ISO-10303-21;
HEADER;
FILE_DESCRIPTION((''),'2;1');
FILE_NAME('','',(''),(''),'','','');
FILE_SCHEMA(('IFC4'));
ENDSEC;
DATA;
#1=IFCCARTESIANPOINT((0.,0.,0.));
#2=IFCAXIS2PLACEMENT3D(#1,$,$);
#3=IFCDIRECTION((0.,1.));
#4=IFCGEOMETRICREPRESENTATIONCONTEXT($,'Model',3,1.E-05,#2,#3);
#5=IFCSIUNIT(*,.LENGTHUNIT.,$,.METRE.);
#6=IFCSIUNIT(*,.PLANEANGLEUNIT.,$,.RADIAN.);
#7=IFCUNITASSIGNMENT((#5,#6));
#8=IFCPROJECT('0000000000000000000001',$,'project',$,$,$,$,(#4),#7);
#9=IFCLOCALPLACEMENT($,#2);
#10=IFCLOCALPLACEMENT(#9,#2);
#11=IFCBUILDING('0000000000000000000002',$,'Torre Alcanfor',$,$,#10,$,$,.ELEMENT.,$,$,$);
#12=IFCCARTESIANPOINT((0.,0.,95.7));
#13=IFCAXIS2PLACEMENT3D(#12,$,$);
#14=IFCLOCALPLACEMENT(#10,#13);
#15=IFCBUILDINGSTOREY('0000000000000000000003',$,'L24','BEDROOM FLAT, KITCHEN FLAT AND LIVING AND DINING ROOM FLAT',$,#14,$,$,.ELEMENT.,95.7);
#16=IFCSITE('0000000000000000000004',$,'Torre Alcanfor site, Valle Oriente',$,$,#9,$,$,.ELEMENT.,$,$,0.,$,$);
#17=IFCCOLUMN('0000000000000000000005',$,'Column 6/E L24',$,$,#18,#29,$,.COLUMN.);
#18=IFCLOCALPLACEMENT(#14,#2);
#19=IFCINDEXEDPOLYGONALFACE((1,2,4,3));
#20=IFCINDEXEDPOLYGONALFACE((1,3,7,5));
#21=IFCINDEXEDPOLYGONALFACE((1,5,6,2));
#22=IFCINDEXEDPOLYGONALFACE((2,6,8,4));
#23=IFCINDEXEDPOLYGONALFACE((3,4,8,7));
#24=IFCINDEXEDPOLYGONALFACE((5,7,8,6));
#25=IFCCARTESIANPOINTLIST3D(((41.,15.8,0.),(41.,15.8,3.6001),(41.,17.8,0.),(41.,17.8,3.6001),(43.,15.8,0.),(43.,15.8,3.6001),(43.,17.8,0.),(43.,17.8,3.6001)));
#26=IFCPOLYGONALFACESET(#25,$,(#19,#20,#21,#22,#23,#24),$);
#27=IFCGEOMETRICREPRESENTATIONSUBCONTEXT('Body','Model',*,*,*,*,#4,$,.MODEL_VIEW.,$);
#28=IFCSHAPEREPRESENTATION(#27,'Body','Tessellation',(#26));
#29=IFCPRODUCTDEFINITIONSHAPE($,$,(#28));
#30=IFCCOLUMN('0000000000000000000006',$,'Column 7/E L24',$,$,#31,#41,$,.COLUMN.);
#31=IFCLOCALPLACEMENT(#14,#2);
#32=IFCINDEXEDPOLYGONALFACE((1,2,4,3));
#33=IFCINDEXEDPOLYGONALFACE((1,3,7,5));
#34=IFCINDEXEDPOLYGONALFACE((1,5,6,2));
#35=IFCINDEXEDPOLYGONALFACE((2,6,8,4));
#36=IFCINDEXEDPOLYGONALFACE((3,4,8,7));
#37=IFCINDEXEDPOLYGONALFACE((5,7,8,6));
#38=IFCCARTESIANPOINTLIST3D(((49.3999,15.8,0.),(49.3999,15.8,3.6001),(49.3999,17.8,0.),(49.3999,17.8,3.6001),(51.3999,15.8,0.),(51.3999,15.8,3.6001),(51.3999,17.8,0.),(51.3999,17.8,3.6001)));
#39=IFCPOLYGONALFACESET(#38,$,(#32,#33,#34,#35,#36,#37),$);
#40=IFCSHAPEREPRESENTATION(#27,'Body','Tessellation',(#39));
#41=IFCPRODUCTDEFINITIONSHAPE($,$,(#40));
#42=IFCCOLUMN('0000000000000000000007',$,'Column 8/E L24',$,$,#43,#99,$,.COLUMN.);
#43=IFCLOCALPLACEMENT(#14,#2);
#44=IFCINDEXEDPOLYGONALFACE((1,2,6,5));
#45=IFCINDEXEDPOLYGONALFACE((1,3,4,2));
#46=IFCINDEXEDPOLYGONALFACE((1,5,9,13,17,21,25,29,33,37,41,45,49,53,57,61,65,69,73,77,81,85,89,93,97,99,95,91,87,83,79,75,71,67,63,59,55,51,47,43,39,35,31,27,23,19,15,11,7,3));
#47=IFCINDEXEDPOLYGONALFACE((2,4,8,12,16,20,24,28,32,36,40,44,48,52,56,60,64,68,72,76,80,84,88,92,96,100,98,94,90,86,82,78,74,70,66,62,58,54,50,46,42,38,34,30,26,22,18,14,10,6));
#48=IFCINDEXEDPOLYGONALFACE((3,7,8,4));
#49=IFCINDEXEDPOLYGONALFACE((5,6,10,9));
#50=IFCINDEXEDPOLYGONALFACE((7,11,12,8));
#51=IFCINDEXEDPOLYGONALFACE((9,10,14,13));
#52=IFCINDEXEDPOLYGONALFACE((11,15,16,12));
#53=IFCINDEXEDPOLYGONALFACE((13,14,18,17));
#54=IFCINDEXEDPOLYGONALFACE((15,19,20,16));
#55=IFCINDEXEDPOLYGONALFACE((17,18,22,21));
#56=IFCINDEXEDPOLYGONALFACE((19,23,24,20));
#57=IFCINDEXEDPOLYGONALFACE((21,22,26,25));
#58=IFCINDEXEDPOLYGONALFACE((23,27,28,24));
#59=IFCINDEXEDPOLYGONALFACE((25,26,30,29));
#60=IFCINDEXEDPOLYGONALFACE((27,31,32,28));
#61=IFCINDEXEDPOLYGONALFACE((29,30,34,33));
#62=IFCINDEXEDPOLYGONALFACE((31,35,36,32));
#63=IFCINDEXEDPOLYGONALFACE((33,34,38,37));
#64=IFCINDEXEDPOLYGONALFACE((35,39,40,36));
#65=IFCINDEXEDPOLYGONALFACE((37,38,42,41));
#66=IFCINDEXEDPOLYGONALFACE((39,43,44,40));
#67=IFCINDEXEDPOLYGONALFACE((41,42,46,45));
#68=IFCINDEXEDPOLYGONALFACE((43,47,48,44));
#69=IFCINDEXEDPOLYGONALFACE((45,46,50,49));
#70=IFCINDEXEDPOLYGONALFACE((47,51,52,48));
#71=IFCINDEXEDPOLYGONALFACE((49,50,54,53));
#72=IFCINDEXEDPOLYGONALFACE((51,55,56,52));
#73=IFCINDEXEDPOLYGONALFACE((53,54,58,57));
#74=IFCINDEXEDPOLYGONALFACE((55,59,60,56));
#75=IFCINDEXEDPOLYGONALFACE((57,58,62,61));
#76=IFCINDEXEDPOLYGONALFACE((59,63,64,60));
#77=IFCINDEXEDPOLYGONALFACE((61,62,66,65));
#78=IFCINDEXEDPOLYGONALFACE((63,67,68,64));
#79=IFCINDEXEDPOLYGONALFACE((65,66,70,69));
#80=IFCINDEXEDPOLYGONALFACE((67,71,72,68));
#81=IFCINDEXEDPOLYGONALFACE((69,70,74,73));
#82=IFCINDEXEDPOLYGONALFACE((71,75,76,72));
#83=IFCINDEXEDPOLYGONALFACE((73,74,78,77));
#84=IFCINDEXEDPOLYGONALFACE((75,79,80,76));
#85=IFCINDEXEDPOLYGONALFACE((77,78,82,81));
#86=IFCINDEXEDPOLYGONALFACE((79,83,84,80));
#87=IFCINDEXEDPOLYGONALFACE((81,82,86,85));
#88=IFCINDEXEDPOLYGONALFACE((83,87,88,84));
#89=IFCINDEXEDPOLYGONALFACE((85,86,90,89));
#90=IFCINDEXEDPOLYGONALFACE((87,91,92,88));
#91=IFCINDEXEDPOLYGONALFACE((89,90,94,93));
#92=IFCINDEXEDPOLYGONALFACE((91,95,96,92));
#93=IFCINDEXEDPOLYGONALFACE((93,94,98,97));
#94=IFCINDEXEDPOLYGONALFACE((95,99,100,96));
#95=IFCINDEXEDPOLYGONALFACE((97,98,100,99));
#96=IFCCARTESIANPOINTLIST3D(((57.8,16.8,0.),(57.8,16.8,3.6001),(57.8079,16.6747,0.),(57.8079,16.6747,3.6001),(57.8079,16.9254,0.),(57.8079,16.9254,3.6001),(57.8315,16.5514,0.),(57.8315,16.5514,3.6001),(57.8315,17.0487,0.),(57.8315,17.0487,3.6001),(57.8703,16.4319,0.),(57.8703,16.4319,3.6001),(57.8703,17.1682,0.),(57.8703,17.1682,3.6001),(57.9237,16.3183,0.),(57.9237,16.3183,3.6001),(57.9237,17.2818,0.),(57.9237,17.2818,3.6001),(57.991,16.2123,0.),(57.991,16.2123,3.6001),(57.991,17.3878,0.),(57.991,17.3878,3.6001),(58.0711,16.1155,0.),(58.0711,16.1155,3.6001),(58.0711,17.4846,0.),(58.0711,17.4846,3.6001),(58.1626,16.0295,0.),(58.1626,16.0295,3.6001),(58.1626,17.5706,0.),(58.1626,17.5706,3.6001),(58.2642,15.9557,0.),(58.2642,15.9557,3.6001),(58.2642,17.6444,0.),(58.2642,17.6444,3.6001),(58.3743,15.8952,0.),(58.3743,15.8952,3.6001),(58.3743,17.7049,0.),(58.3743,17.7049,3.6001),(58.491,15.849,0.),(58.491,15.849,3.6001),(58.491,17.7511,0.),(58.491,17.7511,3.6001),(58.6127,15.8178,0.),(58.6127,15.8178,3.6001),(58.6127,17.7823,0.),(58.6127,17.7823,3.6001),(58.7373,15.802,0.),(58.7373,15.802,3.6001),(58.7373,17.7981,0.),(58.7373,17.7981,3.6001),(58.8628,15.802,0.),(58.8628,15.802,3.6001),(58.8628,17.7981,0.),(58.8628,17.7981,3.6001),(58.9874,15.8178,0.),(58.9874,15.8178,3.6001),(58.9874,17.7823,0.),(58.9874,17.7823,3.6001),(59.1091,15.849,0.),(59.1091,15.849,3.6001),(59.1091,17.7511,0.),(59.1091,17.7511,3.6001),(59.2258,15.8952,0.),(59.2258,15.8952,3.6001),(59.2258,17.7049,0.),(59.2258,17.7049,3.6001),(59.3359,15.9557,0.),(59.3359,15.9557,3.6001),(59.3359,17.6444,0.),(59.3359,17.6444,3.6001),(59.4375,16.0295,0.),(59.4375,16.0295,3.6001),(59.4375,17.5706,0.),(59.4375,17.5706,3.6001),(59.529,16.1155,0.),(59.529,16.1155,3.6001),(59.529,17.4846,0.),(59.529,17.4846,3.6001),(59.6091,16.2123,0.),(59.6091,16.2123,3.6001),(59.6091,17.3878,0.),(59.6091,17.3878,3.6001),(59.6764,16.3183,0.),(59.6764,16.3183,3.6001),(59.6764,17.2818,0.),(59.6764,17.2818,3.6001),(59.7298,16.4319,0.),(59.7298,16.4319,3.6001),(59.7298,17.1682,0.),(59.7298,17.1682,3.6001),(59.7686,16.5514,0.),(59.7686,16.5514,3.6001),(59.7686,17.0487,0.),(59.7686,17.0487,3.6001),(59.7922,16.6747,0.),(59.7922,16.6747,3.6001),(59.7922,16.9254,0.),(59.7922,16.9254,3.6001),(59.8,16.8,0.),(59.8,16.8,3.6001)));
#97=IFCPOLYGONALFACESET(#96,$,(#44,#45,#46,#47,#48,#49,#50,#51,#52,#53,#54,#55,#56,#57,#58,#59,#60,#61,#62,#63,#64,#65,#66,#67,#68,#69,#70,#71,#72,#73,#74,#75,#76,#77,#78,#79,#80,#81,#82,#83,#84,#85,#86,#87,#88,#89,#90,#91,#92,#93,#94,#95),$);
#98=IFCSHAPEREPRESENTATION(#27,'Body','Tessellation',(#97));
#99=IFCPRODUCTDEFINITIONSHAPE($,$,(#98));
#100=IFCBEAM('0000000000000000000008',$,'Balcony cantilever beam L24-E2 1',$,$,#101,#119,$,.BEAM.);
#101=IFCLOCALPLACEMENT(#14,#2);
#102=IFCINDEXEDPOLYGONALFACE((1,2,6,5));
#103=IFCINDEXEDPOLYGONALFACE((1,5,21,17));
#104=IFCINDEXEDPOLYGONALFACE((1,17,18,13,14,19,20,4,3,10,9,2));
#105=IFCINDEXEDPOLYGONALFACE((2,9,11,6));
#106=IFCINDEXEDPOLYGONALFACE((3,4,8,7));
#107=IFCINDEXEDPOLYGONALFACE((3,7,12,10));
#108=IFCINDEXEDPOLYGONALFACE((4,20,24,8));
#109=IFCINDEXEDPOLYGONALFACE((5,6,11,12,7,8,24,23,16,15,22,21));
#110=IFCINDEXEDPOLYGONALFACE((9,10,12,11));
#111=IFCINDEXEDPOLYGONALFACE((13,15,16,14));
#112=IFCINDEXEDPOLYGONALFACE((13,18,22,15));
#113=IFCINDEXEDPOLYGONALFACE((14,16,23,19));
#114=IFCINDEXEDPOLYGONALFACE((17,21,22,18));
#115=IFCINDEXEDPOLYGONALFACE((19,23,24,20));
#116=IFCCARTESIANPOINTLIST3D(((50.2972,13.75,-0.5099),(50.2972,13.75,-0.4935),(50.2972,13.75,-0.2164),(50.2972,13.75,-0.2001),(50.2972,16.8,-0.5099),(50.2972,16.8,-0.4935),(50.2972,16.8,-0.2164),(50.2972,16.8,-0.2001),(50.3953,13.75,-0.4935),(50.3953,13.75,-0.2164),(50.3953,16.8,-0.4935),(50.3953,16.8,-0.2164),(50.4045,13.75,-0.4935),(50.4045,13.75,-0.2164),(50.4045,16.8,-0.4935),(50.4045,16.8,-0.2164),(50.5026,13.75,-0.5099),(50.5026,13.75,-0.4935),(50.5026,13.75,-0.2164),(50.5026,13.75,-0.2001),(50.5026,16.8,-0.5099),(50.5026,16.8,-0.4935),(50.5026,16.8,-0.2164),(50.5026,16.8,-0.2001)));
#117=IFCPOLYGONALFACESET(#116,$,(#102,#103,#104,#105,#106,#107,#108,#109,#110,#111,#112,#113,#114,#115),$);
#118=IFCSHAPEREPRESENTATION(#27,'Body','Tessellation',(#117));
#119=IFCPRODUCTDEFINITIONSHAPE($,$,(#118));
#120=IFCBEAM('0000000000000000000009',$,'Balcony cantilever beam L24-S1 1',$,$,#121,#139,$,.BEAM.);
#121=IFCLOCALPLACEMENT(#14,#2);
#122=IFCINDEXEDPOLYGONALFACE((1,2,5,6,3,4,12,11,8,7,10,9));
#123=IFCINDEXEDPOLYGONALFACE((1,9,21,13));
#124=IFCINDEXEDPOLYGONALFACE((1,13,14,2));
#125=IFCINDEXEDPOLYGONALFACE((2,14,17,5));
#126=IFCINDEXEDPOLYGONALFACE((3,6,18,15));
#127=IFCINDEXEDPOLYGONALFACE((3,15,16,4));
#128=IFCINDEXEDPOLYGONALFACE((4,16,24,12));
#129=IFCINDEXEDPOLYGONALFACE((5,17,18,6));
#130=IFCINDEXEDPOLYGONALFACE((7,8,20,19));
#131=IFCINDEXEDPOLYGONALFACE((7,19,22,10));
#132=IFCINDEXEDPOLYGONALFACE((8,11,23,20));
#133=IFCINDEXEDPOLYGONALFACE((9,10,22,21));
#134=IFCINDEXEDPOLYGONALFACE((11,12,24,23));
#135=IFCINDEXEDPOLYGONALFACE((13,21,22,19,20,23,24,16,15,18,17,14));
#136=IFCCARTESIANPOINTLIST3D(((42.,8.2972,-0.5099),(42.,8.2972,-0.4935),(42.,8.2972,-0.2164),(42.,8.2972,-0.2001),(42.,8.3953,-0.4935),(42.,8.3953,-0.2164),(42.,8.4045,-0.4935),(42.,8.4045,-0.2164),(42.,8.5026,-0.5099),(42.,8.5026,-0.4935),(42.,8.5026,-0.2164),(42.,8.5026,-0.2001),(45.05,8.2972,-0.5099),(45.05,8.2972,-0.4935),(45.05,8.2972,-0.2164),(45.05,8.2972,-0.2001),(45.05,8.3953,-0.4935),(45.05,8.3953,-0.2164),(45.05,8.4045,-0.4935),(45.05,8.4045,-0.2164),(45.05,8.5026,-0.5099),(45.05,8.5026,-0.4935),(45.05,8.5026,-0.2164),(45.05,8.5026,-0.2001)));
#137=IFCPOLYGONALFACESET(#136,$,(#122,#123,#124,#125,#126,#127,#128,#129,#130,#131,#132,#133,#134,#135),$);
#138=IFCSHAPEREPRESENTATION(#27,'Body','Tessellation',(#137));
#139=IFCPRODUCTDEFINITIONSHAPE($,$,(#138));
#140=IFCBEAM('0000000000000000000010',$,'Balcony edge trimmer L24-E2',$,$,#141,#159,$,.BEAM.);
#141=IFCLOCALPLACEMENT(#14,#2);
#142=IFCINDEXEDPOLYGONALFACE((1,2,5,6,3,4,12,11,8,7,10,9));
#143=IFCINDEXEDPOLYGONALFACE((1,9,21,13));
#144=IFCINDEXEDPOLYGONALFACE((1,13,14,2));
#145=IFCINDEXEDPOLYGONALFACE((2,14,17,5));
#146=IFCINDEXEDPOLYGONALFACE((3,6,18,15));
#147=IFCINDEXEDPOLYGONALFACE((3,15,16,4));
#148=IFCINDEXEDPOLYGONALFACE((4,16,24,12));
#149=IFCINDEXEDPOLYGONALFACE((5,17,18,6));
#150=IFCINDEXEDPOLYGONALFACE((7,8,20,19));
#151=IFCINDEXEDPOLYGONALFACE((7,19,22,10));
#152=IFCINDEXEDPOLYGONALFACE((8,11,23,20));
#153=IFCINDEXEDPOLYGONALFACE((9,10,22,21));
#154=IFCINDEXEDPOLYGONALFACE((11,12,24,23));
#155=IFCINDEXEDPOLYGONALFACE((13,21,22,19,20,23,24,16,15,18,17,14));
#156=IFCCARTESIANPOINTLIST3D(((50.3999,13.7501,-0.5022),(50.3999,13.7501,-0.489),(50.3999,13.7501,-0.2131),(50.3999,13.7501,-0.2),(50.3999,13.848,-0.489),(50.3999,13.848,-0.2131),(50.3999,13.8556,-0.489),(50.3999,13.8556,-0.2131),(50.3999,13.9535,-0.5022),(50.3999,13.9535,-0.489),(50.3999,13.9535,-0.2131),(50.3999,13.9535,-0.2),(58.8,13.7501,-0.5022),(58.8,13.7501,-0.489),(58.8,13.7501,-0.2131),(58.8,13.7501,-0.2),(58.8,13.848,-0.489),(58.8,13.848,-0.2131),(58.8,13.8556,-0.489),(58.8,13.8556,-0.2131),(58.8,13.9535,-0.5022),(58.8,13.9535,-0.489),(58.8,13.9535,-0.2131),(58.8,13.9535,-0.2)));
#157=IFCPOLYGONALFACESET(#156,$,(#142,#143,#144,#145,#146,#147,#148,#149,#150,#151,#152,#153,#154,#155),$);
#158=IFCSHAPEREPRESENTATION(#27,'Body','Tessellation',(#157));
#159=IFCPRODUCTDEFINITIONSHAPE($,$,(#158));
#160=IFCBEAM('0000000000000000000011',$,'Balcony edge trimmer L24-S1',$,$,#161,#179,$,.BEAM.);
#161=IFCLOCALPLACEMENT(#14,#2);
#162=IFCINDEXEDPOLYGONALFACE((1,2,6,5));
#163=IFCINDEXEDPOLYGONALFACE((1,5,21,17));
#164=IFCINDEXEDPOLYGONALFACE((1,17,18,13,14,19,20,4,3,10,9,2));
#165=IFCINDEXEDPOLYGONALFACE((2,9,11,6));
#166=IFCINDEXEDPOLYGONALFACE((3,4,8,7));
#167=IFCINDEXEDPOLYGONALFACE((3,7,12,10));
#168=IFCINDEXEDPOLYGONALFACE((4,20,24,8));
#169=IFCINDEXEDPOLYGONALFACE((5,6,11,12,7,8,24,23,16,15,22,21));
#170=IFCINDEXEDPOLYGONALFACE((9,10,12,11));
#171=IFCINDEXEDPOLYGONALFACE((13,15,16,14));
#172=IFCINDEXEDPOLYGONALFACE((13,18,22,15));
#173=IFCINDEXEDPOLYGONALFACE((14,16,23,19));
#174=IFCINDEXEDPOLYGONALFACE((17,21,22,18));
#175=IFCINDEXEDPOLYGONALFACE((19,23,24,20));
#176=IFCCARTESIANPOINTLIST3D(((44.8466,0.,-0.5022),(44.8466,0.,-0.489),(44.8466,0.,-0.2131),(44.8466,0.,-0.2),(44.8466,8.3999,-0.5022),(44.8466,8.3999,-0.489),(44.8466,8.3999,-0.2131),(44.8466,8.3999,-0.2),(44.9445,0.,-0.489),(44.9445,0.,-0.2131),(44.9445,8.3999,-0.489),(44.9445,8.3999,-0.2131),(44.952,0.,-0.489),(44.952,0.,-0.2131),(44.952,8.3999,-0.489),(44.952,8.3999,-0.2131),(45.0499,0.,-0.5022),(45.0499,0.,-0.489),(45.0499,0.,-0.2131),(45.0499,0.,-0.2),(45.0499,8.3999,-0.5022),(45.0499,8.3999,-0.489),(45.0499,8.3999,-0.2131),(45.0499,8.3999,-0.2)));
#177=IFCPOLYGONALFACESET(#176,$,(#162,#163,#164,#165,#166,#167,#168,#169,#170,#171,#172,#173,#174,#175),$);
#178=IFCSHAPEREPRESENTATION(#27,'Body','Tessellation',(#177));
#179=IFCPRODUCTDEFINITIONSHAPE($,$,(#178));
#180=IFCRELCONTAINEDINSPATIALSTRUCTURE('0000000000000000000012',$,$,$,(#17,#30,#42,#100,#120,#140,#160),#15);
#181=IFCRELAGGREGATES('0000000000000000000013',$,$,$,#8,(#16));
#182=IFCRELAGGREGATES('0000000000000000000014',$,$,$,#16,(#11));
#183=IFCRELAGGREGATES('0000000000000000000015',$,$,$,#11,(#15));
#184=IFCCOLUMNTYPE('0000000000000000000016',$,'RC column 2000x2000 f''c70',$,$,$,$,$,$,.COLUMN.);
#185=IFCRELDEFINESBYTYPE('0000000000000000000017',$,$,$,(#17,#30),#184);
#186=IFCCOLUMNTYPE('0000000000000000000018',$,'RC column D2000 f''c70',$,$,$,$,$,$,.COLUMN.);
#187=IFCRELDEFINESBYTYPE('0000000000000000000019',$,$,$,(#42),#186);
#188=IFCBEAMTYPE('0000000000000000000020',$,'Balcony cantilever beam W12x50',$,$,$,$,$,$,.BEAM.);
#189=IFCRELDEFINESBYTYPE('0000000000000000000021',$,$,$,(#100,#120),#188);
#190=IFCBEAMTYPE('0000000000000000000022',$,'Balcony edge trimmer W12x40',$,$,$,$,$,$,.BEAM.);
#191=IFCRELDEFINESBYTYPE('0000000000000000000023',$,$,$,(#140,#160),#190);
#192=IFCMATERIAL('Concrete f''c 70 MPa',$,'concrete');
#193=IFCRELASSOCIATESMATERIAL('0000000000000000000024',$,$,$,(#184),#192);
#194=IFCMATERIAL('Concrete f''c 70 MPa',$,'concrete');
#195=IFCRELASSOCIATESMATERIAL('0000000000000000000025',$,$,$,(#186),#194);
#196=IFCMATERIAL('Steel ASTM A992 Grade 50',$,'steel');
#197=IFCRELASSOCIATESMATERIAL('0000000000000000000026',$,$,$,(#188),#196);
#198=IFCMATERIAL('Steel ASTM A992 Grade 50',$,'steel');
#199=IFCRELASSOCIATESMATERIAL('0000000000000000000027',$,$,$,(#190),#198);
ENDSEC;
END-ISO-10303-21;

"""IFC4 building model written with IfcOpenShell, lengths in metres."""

from ifc_helpers import new_model, si_unit, direction, frame, origin, origin_2d, place, context, subcontext, project, spatial, rectangle, circle, i_section, extrude, material, material_profile, profile_set, type_object, element, save


model = new_model("IFC4")

# Units and contexts
model_context = context("Model", 3, precision=1e-05, world=origin(), true_north=direction((0.0, 1.0)))
body_context = subcontext(model_context, "Body", "Model", "MODEL_VIEW")
ifc_project = project(units=[si_unit("LENGTHUNIT", "METRE"), si_unit("PLANEANGLEUNIT", "RADIAN")], contexts=[model_context])

# Site, building, storey
site_placement = place(None, origin())
site = spatial("IfcSite", under=ifc_project, at=site_placement, Name="Torre Alcanfor site, Valle Oriente", CompositionType="ELEMENT", RefElevation=0.0)
building_placement = place(site_placement, origin())
building = spatial("IfcBuilding", under=site, at=building_placement, Name="Torre Alcanfor", CompositionType="ELEMENT")
storey_placement = place(building_placement, frame((0.0, 0.0, 95.7)))
storey = spatial("IfcBuildingStorey", under=building, at=storey_placement, Name="L24", Description="BEDROOM FLAT, KITCHEN FLAT AND LIVING AND DINING ROOM FLAT", CompositionType="ELEMENT", Elevation=95.7)

# Columns
ifc_material_1 = material(Name="Concrete f'c 70 MPa", Category="concrete")
ifc_material_profile_1 = material_profile(ifc_material_1, rectangle(XDim=2.0, YDim=2.0, at=origin_2d()), Name="2000x2000")
ifc_profile_set_1 = profile_set([ifc_material_profile_1], Name="Concrete f'c 70 MPa")
column_type_1 = type_object("IfcColumnType", Name="RC column 2000x2000 f'c70", PredefinedType="COLUMN", material=ifc_profile_set_1)
for number, where, z_axis, x_axis, name in (
    (1, (42.0, 16.8, 0.0), (0.0, 0.0, 1.0), (1.0, 0.0, 0.0), "Column 6/E L24"),
    (2, (50.3999, 16.8, 0.0), (0.0, 0.0, 1.0), (1.0, 0.0, 0.0), "Column 7/E L24"),
):
    element("IfcColumn", number, at=place(storey_placement, frame(where, z_axis=z_axis, x_axis=x_axis)), inside=storey, type_object=column_type_1, Name=name, PredefinedType="COLUMN", context=body_context, shape_type="SweptSolid", body=[
        extrude(rectangle(XDim=2.0, YDim=2.0, at=origin_2d()), origin(), (0.0, 0.0, 1.0), 3.6001),
    ])
ifc_material_2 = material(Name="Concrete f'c 70 MPa", Category="concrete")
ifc_material_profile_2 = material_profile(ifc_material_2, circle(Radius=1.0, at=origin_2d()), Name="D2000")
ifc_profile_set_2 = profile_set([ifc_material_profile_2], Name="Concrete f'c 70 MPa")
column_type_2 = type_object("IfcColumnType", Name="RC column D2000 f'c70", PredefinedType="COLUMN", material=ifc_profile_set_2)
column_placement = place(storey_placement, frame((58.8, 16.8, 0.0), z_axis=(0.0, 0.0, 1.0), x_axis=(1.0, 0.0, 0.0)))
element("IfcColumn", 3, at=column_placement, inside=storey, type_object=column_type_2, Name="Column 8/E L24", PredefinedType="COLUMN", context=body_context, shape_type="SweptSolid", body=[
    extrude(circle(Radius=1.0, at=origin_2d()), origin(), (0.0, 0.0, 1.0), 3.6001),
])

# Beams
ifc_material_3 = material(Name="Steel ASTM A992 Grade 50", Category="steel")
ifc_material_profile_3 = material_profile(ifc_material_3, i_section(OverallWidth=0.2053, OverallDepth=0.3098, WebThickness=0.0093, FlangeThickness=0.0164, at=origin_2d()), Name="W12x50")
ifc_profile_set_3 = profile_set([ifc_material_profile_3], Name="Steel ASTM A992 Grade 50")
beam_type_1 = type_object("IfcBeamType", Name="Balcony cantilever beam W12x50", PredefinedType="BEAM", material=ifc_profile_set_3)
for number, where, z_axis, x_axis, name in (
    (4, (50.3999, 16.8, -0.355), (0.0, -1.0, 0.0), (1.0, 0.0, 0.0), "Balcony cantilever beam L24-E2 1"),
    (5, (42.0, 8.3999, -0.355), (1.0, 0.0, 0.0), (0.0, 1.0, 0.0), "Balcony cantilever beam L24-S1 1"),
):
    element("IfcBeam", number, at=place(storey_placement, frame(where, z_axis=z_axis, x_axis=x_axis)), inside=storey, type_object=beam_type_1, Name=name, PredefinedType="BEAM", context=body_context, shape_type="SweptSolid", body=[
        extrude(i_section(OverallWidth=0.2053, OverallDepth=0.3098, WebThickness=0.0093, FlangeThickness=0.0164, at=origin_2d()), origin(), (0.0, 0.0, 1.0), 3.05),
    ])
ifc_material_4 = material(Name="Steel ASTM A992 Grade 50", Category="steel")
ifc_material_profile_4 = material_profile(ifc_material_4, i_section(OverallWidth=0.2034, OverallDepth=0.3022, WebThickness=0.0076, FlangeThickness=0.0132, at=origin_2d()), Name="W12x40")
ifc_profile_set_4 = profile_set([ifc_material_profile_4], Name="Steel ASTM A992 Grade 50")
beam_type_2 = type_object("IfcBeamType", Name="Balcony edge trimmer W12x40", PredefinedType="BEAM", material=ifc_profile_set_4)
beam_1_placement = place(storey_placement, frame((50.3999, 13.8518, -0.3511), z_axis=(1.0, 0.0, 0.0), x_axis=(0.0, 1.0, 0.0)))
element("IfcBeam", 6, at=beam_1_placement, inside=storey, type_object=beam_type_2, Name="Balcony edge trimmer L24-E2", PredefinedType="BEAM", context=body_context, shape_type="SweptSolid", body=[
    extrude(i_section(OverallWidth=0.2034, OverallDepth=0.3022, WebThickness=0.0076, FlangeThickness=0.0132, at=origin_2d()), origin(), (0.0, 0.0, 1.0), 8.4001),
])
beam_2_placement = place(storey_placement, frame((44.9482, 8.3999, -0.3511), z_axis=(0.0, -1.0, 0.0), x_axis=(1.0, 0.0, 0.0)))
element("IfcBeam", 7, at=beam_2_placement, inside=storey, type_object=beam_type_2, Name="Balcony edge trimmer L24-S1", PredefinedType="BEAM", context=body_context, shape_type="SweptSolid", body=[
    extrude(i_section(OverallWidth=0.2034, OverallDepth=0.3022, WebThickness=0.0076, FlangeThickness=0.0132, at=origin_2d()), origin(), (0.0, 0.0, 1.0), 8.3999),
])

save(model, "model.ifc")
